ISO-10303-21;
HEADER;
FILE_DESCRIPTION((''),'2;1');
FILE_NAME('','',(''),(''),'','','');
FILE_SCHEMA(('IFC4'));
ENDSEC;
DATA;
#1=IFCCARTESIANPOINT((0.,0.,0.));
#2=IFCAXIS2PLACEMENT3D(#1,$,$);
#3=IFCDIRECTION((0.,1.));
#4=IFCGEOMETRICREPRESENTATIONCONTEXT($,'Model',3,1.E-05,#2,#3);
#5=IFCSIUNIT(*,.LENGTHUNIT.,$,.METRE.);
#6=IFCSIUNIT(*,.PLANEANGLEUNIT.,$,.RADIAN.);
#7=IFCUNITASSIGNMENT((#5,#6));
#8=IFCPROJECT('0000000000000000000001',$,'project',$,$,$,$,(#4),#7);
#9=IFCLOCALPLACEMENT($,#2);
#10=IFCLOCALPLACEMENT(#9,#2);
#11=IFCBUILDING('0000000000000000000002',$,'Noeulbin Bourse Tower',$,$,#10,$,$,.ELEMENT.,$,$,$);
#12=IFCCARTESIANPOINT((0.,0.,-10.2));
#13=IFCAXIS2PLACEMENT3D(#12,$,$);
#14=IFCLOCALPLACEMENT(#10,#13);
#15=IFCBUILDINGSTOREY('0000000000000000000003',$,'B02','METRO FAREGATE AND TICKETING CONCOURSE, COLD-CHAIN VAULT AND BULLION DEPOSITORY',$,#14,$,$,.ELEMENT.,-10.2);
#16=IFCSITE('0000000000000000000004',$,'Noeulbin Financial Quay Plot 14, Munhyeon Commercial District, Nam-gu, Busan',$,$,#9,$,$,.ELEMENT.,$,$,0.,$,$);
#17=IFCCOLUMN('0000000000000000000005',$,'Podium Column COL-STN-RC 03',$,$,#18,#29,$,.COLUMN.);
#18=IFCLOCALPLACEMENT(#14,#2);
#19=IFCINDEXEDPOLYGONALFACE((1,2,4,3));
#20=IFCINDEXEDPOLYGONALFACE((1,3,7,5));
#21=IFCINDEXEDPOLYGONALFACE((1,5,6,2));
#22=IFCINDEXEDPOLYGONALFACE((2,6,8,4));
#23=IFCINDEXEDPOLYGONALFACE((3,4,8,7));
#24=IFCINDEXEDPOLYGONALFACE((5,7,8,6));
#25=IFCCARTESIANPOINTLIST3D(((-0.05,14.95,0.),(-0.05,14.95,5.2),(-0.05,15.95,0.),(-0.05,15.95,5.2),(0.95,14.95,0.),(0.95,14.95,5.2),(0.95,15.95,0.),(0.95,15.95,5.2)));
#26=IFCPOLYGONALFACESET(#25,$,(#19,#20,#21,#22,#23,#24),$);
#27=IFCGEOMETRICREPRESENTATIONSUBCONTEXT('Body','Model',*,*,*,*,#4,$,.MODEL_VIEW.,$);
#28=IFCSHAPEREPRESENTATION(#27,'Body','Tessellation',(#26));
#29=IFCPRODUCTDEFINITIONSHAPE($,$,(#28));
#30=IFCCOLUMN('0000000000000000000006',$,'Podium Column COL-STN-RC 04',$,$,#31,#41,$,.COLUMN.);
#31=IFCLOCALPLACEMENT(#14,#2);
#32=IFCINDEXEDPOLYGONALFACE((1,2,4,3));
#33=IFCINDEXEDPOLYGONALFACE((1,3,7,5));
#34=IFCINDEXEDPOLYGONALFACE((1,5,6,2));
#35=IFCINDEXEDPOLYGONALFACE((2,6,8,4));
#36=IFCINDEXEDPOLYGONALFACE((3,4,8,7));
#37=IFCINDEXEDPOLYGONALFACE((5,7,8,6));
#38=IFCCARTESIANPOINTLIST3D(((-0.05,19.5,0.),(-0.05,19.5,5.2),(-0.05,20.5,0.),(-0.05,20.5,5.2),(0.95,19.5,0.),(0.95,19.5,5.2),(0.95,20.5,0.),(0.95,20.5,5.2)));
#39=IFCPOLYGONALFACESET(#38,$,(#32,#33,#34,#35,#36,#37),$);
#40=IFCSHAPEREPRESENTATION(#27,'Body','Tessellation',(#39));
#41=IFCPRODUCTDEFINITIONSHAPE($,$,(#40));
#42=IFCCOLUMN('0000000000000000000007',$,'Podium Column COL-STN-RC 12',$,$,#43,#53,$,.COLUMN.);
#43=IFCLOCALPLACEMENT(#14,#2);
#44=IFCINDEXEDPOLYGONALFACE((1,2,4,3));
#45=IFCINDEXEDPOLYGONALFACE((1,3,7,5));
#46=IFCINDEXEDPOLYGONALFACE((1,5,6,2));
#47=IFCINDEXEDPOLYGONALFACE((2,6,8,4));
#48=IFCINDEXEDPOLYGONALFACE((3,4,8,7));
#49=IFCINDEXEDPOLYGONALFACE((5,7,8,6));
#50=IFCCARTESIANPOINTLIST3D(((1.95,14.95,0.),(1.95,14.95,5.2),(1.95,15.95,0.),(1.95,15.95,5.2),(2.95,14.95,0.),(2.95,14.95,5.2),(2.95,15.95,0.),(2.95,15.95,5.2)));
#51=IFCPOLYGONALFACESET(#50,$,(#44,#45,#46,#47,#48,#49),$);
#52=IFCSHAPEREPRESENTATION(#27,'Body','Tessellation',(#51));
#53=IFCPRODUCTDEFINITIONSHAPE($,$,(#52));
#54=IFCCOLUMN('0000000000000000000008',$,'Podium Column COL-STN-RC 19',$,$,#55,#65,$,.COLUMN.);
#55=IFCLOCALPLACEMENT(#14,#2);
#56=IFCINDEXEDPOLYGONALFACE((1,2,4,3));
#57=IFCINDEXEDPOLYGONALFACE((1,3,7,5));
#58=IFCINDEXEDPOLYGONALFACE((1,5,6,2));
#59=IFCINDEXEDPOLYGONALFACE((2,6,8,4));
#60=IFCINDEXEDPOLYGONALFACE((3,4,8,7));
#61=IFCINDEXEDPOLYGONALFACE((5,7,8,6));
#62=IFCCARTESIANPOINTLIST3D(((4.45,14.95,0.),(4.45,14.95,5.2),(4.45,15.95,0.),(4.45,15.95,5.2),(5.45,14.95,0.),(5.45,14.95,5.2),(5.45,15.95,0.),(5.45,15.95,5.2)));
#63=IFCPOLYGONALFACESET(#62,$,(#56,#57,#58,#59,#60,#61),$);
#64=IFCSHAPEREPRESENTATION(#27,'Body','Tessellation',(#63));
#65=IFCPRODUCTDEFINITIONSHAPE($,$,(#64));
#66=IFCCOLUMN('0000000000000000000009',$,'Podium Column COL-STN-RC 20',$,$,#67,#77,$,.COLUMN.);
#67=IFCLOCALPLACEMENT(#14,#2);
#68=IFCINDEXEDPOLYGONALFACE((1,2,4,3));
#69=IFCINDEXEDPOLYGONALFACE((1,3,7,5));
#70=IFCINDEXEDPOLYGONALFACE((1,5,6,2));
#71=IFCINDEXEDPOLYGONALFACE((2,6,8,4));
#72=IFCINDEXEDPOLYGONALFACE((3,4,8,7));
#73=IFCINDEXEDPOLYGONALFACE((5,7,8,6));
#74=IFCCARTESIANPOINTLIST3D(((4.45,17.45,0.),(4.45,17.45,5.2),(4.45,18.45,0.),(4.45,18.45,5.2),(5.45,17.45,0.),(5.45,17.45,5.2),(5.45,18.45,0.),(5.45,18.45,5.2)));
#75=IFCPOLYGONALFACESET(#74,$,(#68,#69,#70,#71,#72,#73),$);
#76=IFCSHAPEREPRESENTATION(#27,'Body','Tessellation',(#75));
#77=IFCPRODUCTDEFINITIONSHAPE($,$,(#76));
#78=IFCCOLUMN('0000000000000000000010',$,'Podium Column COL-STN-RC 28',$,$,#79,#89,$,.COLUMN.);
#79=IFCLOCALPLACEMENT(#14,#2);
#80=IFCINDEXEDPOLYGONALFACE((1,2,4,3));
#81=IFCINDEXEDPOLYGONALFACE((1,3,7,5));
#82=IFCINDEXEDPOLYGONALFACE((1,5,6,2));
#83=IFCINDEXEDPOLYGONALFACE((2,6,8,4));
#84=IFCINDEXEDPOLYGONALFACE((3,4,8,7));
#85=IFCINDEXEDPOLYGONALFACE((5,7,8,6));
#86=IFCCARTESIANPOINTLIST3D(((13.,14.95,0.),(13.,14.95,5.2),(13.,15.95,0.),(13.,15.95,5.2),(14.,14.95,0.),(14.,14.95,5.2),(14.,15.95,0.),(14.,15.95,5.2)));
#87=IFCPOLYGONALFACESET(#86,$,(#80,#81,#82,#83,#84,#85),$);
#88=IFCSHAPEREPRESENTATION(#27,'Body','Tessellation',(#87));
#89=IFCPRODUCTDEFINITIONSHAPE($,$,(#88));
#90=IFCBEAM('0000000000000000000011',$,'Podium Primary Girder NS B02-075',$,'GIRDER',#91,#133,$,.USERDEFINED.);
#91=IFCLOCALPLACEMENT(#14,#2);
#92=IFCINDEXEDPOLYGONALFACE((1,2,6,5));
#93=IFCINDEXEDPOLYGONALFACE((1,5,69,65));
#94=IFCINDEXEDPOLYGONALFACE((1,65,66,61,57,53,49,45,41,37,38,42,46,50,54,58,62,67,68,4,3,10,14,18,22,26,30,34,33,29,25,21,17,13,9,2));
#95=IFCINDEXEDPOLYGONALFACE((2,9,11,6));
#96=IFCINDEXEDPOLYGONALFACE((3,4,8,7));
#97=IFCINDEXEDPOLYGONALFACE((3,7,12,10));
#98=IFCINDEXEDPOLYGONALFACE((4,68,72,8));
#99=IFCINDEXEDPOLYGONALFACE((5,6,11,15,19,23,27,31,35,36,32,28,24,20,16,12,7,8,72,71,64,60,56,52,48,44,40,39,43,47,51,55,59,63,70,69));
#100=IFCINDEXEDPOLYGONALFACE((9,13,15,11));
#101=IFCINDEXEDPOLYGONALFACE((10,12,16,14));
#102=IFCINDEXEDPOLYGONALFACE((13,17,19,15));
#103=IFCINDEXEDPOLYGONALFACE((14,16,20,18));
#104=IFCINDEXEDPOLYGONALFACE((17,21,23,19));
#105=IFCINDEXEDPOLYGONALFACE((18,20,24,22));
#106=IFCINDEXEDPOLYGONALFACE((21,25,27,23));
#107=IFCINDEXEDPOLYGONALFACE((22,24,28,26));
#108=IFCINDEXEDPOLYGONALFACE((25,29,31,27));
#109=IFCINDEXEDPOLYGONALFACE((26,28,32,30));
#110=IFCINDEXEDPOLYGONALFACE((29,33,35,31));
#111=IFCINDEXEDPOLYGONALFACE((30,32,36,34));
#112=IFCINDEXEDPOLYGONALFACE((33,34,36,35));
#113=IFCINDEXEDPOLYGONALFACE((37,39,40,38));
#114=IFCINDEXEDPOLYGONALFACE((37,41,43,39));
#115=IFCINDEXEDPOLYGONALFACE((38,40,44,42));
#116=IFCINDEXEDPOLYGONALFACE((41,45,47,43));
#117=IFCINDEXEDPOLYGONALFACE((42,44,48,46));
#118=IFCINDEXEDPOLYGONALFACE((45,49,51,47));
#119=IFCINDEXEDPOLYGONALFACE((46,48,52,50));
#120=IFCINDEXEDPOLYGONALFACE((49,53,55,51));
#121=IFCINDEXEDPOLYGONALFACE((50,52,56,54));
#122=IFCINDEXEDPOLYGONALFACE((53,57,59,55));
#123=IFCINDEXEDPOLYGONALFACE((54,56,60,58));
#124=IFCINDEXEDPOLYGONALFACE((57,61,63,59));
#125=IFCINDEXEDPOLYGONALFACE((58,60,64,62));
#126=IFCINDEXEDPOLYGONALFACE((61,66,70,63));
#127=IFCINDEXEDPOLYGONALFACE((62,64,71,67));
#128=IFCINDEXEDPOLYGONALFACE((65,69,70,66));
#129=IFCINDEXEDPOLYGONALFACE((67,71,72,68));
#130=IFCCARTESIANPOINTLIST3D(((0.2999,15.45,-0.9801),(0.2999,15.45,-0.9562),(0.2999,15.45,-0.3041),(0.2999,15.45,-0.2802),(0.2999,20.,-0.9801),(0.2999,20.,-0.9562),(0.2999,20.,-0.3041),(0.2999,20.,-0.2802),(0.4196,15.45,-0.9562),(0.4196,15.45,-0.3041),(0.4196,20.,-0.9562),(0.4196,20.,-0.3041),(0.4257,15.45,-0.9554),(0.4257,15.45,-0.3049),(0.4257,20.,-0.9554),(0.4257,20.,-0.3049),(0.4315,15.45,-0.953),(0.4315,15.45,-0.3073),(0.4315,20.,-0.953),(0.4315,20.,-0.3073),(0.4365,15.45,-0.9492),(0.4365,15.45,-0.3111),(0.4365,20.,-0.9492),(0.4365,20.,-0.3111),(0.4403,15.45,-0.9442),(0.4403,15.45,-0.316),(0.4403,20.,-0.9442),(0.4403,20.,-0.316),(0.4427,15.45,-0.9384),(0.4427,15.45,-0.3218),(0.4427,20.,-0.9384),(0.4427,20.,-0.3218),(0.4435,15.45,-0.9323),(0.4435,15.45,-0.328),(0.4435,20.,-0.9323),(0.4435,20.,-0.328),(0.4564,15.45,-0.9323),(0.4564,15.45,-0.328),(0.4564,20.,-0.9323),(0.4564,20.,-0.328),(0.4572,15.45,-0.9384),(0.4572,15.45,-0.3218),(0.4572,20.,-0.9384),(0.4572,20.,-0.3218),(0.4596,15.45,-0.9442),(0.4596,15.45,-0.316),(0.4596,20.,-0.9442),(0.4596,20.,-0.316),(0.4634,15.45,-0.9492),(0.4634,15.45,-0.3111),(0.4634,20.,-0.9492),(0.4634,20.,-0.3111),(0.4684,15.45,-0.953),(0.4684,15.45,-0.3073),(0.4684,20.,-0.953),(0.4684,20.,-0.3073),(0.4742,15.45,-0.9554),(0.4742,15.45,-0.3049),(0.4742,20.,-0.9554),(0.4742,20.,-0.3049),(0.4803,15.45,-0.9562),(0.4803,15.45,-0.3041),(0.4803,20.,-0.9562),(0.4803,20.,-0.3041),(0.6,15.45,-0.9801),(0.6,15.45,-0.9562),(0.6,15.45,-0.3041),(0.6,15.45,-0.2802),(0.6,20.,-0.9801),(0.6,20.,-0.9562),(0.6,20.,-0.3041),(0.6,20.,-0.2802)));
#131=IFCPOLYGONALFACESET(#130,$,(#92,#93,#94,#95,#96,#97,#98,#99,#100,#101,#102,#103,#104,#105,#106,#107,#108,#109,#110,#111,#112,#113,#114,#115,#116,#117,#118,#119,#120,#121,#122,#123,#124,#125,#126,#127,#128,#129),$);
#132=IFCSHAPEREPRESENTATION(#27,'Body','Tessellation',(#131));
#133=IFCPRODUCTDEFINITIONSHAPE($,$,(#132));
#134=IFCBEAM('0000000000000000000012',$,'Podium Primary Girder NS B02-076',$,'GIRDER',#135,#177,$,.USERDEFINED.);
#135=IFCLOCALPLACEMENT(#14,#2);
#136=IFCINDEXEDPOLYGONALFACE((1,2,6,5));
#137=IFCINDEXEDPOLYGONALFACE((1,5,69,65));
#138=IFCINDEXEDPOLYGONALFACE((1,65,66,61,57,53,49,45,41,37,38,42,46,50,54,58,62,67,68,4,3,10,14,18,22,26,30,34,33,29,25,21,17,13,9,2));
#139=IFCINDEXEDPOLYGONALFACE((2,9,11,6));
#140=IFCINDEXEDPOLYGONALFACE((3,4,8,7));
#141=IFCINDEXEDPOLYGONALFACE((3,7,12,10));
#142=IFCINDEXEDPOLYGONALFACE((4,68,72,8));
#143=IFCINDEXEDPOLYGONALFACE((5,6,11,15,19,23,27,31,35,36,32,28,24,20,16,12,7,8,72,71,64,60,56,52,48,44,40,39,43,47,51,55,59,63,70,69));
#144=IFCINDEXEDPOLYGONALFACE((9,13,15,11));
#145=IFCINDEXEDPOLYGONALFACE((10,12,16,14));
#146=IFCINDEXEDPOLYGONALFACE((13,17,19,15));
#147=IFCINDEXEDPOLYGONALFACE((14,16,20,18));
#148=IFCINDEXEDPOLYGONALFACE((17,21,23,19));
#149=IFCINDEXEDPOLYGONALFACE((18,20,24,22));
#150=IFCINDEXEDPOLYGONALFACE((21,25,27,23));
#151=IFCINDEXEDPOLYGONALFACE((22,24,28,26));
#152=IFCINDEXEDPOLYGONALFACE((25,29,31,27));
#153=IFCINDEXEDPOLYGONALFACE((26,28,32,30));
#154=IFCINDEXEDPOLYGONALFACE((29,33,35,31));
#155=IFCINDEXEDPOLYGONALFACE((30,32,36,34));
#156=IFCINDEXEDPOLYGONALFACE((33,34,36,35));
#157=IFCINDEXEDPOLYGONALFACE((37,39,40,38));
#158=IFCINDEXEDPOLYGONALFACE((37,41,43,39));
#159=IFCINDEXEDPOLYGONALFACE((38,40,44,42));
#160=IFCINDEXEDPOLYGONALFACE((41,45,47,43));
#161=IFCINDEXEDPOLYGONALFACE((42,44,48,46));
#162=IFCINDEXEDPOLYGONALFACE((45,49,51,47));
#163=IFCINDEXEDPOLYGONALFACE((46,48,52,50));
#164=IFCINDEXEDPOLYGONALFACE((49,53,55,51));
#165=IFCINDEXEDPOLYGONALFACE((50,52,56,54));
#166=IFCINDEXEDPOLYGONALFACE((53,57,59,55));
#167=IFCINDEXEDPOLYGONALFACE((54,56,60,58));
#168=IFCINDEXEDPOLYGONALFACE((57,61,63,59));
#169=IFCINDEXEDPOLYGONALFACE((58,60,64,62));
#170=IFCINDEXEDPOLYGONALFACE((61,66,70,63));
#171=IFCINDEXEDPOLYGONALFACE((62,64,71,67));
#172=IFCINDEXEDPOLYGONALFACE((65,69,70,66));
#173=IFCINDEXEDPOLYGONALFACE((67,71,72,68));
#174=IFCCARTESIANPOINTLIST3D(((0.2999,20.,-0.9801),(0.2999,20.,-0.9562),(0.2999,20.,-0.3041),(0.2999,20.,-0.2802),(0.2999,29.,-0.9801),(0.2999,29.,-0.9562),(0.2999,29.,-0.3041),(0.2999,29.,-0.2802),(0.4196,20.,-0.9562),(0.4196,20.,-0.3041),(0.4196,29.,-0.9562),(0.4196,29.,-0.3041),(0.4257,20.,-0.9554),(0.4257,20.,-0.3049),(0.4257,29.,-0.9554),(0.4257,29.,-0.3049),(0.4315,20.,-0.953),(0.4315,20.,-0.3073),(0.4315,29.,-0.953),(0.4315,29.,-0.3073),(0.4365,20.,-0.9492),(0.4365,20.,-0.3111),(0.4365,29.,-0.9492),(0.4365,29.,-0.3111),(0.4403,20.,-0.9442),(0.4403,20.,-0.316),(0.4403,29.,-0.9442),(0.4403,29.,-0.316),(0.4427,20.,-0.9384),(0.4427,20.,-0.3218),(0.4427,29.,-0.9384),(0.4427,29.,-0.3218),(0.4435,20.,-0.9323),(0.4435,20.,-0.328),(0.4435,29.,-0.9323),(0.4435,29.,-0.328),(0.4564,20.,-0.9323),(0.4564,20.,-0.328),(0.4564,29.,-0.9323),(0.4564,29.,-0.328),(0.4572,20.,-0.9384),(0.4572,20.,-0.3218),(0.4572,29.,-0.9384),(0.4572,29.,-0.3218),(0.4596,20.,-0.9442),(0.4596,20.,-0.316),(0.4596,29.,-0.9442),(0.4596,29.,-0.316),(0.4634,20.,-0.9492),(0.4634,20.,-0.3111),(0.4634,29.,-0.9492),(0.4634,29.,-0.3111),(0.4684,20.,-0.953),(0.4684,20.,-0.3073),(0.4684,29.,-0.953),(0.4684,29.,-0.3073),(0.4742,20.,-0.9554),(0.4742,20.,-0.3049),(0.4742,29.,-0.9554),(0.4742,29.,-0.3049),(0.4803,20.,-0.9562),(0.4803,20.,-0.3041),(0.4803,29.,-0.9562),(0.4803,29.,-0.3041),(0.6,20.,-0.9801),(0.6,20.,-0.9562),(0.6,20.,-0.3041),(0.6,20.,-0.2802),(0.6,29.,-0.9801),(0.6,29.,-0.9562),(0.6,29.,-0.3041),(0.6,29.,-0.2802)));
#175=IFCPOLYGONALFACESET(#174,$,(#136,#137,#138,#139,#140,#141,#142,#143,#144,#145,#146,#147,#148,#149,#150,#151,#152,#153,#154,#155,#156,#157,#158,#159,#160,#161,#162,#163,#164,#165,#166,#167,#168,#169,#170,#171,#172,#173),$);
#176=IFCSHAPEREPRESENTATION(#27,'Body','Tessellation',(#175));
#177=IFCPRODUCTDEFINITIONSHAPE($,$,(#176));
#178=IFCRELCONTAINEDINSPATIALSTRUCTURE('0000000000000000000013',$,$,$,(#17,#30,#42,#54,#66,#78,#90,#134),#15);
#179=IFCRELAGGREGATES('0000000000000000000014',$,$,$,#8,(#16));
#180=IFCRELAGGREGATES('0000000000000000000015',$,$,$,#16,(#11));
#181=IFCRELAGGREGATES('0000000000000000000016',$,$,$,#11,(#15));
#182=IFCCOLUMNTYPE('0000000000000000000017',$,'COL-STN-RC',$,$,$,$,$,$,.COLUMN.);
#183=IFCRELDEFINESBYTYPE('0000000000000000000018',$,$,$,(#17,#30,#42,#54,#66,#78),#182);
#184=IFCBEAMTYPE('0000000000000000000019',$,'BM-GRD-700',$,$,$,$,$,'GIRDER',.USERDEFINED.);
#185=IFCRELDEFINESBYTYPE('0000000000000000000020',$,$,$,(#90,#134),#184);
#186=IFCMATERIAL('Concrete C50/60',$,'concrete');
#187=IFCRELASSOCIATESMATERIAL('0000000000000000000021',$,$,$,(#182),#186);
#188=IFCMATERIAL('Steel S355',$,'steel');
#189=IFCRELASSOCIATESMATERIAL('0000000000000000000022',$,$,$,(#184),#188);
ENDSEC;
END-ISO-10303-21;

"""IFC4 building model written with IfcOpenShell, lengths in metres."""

from ifc_helpers import new_model, si_unit, direction, frame, origin, origin_2d, place, context, subcontext, project, spatial, rectangle, i_section, extrude, material, material_profile, profile_set, type_object, element, save


model = new_model("IFC4")

# Units and contexts
model_context = context("Model", 3, precision=1e-05, world=origin(), true_north=direction((0.0, 1.0)))
body_context = subcontext(model_context, "Body", "Model", "MODEL_VIEW")
ifc_project = project(units=[si_unit("LENGTHUNIT", "METRE"), si_unit("PLANEANGLEUNIT", "RADIAN")], contexts=[model_context])

# Site, building, storey
site_placement = place(None, origin())
site = spatial("IfcSite", under=ifc_project, at=site_placement, Name="Noeulbin Financial Quay Plot 14, Munhyeon Commercial District, Nam-gu, Busan", CompositionType="ELEMENT", RefElevation=0.0)
building_placement = place(site_placement, origin())
building = spatial("IfcBuilding", under=site, at=building_placement, Name="Noeulbin Bourse Tower", CompositionType="ELEMENT")
storey_placement = place(building_placement, frame((0.0, 0.0, -10.2)))
storey = spatial("IfcBuildingStorey", under=building, at=storey_placement, Name="B02", Description="METRO FAREGATE AND TICKETING CONCOURSE, COLD-CHAIN VAULT AND BULLION DEPOSITORY", CompositionType="ELEMENT", Elevation=-10.2)

# Columns
ifc_material_1 = material(Name="Concrete C50/60", Category="concrete")
ifc_material_profile_1 = material_profile(ifc_material_1, rectangle(XDim=1.0, YDim=1.0, at=origin_2d()), Name="RC-COL-1000x1000", Category="LoadBearing")
ifc_profile_set_1 = profile_set([ifc_material_profile_1], Name="Concrete C50/60")
column_type = type_object("IfcColumnType", Name="COL-STN-RC", PredefinedType="COLUMN", material=ifc_profile_set_1)
for number, where, z_axis, x_axis, name in (
    (1, (0.45, 15.45, 0.0), (0.0, 0.0, 1.0), (1.0, 0.0, 0.0), "Podium Column COL-STN-RC 03"),
    (2, (0.45, 20.0, 0.0), (0.0, 0.0, 1.0), (1.0, 0.0, 0.0), "Podium Column COL-STN-RC 04"),
    (3, (2.45, 15.45, 0.0), (0.0, 0.0, 1.0), (1.0, 0.0, 0.0), "Podium Column COL-STN-RC 12"),
    (4, (4.95, 15.45, 0.0), (0.0, 0.0, 1.0), (1.0, 0.0, 0.0), "Podium Column COL-STN-RC 19"),
    (5, (4.95, 17.95, 0.0), (0.0, 0.0, 1.0), (1.0, 0.0, 0.0), "Podium Column COL-STN-RC 20"),
    (6, (13.5, 15.45, 0.0), (0.0, 0.0, 1.0), (1.0, 0.0, 0.0), "Podium Column COL-STN-RC 28"),
):
    element("IfcColumn", number, at=place(storey_placement, frame(where, z_axis=z_axis, x_axis=x_axis)), inside=storey, type_object=column_type, Name=name, PredefinedType="COLUMN", context=body_context, shape_type="SweptSolid", body=[
        extrude(rectangle(XDim=1.0, YDim=1.0, at=origin_2d()), origin(), (0.0, 0.0, 1.0), 5.2),
    ])

# Beams
ifc_material_2 = material(Name="Steel S355", Category="steel")
ifc_material_profile_2 = material_profile(ifc_material_2, i_section(OverallWidth=0.3, OverallDepth=0.7, WebThickness=0.0129, FlangeThickness=0.0239, FilletRadius=0.0239, at=origin_2d()), Name="H-700x300x13x24", Category="LoadBearing")
ifc_profile_set_2 = profile_set([ifc_material_profile_2], Name="Steel S355")
beam_type_1 = type_object("IfcBeamType", Name="BM-GRD-700", ElementType="GIRDER", PredefinedType="USERDEFINED", material=ifc_profile_set_2)
beam_1_placement = place(storey_placement, frame((0.45, 15.45, -0.6301), z_axis=(0.0, 1.0, 0.0), x_axis=(-1.0, 0.0, 0.0)))
element("IfcBeam", 7, at=beam_1_placement, inside=storey, type_object=beam_type_1, Name="Podium Primary Girder NS B02-075", ObjectType="GIRDER", PredefinedType="USERDEFINED", context=body_context, shape_type="SweptSolid", body=[
    extrude(i_section(OverallWidth=0.3, OverallDepth=0.7, WebThickness=0.0129, FlangeThickness=0.0239, FilletRadius=0.0239, at=origin_2d()), origin(), (0.0, 0.0, 1.0), 4.55),
])
beam_2_placement = place(storey_placement, frame((0.45, 20.0, -0.6301), z_axis=(0.0, 1.0, 0.0), x_axis=(-1.0, 0.0, 0.0)))
element("IfcBeam", 8, at=beam_2_placement, inside=storey, type_object=beam_type_1, Name="Podium Primary Girder NS B02-076", ObjectType="GIRDER", PredefinedType="USERDEFINED", context=body_context, shape_type="SweptSolid", body=[
    extrude(i_section(OverallWidth=0.3, OverallDepth=0.7, WebThickness=0.0129, FlangeThickness=0.0239, FilletRadius=0.0239, at=origin_2d()), origin(), (0.0, 0.0, 1.0), 9.0),
])

save(model, "model.ifc")
